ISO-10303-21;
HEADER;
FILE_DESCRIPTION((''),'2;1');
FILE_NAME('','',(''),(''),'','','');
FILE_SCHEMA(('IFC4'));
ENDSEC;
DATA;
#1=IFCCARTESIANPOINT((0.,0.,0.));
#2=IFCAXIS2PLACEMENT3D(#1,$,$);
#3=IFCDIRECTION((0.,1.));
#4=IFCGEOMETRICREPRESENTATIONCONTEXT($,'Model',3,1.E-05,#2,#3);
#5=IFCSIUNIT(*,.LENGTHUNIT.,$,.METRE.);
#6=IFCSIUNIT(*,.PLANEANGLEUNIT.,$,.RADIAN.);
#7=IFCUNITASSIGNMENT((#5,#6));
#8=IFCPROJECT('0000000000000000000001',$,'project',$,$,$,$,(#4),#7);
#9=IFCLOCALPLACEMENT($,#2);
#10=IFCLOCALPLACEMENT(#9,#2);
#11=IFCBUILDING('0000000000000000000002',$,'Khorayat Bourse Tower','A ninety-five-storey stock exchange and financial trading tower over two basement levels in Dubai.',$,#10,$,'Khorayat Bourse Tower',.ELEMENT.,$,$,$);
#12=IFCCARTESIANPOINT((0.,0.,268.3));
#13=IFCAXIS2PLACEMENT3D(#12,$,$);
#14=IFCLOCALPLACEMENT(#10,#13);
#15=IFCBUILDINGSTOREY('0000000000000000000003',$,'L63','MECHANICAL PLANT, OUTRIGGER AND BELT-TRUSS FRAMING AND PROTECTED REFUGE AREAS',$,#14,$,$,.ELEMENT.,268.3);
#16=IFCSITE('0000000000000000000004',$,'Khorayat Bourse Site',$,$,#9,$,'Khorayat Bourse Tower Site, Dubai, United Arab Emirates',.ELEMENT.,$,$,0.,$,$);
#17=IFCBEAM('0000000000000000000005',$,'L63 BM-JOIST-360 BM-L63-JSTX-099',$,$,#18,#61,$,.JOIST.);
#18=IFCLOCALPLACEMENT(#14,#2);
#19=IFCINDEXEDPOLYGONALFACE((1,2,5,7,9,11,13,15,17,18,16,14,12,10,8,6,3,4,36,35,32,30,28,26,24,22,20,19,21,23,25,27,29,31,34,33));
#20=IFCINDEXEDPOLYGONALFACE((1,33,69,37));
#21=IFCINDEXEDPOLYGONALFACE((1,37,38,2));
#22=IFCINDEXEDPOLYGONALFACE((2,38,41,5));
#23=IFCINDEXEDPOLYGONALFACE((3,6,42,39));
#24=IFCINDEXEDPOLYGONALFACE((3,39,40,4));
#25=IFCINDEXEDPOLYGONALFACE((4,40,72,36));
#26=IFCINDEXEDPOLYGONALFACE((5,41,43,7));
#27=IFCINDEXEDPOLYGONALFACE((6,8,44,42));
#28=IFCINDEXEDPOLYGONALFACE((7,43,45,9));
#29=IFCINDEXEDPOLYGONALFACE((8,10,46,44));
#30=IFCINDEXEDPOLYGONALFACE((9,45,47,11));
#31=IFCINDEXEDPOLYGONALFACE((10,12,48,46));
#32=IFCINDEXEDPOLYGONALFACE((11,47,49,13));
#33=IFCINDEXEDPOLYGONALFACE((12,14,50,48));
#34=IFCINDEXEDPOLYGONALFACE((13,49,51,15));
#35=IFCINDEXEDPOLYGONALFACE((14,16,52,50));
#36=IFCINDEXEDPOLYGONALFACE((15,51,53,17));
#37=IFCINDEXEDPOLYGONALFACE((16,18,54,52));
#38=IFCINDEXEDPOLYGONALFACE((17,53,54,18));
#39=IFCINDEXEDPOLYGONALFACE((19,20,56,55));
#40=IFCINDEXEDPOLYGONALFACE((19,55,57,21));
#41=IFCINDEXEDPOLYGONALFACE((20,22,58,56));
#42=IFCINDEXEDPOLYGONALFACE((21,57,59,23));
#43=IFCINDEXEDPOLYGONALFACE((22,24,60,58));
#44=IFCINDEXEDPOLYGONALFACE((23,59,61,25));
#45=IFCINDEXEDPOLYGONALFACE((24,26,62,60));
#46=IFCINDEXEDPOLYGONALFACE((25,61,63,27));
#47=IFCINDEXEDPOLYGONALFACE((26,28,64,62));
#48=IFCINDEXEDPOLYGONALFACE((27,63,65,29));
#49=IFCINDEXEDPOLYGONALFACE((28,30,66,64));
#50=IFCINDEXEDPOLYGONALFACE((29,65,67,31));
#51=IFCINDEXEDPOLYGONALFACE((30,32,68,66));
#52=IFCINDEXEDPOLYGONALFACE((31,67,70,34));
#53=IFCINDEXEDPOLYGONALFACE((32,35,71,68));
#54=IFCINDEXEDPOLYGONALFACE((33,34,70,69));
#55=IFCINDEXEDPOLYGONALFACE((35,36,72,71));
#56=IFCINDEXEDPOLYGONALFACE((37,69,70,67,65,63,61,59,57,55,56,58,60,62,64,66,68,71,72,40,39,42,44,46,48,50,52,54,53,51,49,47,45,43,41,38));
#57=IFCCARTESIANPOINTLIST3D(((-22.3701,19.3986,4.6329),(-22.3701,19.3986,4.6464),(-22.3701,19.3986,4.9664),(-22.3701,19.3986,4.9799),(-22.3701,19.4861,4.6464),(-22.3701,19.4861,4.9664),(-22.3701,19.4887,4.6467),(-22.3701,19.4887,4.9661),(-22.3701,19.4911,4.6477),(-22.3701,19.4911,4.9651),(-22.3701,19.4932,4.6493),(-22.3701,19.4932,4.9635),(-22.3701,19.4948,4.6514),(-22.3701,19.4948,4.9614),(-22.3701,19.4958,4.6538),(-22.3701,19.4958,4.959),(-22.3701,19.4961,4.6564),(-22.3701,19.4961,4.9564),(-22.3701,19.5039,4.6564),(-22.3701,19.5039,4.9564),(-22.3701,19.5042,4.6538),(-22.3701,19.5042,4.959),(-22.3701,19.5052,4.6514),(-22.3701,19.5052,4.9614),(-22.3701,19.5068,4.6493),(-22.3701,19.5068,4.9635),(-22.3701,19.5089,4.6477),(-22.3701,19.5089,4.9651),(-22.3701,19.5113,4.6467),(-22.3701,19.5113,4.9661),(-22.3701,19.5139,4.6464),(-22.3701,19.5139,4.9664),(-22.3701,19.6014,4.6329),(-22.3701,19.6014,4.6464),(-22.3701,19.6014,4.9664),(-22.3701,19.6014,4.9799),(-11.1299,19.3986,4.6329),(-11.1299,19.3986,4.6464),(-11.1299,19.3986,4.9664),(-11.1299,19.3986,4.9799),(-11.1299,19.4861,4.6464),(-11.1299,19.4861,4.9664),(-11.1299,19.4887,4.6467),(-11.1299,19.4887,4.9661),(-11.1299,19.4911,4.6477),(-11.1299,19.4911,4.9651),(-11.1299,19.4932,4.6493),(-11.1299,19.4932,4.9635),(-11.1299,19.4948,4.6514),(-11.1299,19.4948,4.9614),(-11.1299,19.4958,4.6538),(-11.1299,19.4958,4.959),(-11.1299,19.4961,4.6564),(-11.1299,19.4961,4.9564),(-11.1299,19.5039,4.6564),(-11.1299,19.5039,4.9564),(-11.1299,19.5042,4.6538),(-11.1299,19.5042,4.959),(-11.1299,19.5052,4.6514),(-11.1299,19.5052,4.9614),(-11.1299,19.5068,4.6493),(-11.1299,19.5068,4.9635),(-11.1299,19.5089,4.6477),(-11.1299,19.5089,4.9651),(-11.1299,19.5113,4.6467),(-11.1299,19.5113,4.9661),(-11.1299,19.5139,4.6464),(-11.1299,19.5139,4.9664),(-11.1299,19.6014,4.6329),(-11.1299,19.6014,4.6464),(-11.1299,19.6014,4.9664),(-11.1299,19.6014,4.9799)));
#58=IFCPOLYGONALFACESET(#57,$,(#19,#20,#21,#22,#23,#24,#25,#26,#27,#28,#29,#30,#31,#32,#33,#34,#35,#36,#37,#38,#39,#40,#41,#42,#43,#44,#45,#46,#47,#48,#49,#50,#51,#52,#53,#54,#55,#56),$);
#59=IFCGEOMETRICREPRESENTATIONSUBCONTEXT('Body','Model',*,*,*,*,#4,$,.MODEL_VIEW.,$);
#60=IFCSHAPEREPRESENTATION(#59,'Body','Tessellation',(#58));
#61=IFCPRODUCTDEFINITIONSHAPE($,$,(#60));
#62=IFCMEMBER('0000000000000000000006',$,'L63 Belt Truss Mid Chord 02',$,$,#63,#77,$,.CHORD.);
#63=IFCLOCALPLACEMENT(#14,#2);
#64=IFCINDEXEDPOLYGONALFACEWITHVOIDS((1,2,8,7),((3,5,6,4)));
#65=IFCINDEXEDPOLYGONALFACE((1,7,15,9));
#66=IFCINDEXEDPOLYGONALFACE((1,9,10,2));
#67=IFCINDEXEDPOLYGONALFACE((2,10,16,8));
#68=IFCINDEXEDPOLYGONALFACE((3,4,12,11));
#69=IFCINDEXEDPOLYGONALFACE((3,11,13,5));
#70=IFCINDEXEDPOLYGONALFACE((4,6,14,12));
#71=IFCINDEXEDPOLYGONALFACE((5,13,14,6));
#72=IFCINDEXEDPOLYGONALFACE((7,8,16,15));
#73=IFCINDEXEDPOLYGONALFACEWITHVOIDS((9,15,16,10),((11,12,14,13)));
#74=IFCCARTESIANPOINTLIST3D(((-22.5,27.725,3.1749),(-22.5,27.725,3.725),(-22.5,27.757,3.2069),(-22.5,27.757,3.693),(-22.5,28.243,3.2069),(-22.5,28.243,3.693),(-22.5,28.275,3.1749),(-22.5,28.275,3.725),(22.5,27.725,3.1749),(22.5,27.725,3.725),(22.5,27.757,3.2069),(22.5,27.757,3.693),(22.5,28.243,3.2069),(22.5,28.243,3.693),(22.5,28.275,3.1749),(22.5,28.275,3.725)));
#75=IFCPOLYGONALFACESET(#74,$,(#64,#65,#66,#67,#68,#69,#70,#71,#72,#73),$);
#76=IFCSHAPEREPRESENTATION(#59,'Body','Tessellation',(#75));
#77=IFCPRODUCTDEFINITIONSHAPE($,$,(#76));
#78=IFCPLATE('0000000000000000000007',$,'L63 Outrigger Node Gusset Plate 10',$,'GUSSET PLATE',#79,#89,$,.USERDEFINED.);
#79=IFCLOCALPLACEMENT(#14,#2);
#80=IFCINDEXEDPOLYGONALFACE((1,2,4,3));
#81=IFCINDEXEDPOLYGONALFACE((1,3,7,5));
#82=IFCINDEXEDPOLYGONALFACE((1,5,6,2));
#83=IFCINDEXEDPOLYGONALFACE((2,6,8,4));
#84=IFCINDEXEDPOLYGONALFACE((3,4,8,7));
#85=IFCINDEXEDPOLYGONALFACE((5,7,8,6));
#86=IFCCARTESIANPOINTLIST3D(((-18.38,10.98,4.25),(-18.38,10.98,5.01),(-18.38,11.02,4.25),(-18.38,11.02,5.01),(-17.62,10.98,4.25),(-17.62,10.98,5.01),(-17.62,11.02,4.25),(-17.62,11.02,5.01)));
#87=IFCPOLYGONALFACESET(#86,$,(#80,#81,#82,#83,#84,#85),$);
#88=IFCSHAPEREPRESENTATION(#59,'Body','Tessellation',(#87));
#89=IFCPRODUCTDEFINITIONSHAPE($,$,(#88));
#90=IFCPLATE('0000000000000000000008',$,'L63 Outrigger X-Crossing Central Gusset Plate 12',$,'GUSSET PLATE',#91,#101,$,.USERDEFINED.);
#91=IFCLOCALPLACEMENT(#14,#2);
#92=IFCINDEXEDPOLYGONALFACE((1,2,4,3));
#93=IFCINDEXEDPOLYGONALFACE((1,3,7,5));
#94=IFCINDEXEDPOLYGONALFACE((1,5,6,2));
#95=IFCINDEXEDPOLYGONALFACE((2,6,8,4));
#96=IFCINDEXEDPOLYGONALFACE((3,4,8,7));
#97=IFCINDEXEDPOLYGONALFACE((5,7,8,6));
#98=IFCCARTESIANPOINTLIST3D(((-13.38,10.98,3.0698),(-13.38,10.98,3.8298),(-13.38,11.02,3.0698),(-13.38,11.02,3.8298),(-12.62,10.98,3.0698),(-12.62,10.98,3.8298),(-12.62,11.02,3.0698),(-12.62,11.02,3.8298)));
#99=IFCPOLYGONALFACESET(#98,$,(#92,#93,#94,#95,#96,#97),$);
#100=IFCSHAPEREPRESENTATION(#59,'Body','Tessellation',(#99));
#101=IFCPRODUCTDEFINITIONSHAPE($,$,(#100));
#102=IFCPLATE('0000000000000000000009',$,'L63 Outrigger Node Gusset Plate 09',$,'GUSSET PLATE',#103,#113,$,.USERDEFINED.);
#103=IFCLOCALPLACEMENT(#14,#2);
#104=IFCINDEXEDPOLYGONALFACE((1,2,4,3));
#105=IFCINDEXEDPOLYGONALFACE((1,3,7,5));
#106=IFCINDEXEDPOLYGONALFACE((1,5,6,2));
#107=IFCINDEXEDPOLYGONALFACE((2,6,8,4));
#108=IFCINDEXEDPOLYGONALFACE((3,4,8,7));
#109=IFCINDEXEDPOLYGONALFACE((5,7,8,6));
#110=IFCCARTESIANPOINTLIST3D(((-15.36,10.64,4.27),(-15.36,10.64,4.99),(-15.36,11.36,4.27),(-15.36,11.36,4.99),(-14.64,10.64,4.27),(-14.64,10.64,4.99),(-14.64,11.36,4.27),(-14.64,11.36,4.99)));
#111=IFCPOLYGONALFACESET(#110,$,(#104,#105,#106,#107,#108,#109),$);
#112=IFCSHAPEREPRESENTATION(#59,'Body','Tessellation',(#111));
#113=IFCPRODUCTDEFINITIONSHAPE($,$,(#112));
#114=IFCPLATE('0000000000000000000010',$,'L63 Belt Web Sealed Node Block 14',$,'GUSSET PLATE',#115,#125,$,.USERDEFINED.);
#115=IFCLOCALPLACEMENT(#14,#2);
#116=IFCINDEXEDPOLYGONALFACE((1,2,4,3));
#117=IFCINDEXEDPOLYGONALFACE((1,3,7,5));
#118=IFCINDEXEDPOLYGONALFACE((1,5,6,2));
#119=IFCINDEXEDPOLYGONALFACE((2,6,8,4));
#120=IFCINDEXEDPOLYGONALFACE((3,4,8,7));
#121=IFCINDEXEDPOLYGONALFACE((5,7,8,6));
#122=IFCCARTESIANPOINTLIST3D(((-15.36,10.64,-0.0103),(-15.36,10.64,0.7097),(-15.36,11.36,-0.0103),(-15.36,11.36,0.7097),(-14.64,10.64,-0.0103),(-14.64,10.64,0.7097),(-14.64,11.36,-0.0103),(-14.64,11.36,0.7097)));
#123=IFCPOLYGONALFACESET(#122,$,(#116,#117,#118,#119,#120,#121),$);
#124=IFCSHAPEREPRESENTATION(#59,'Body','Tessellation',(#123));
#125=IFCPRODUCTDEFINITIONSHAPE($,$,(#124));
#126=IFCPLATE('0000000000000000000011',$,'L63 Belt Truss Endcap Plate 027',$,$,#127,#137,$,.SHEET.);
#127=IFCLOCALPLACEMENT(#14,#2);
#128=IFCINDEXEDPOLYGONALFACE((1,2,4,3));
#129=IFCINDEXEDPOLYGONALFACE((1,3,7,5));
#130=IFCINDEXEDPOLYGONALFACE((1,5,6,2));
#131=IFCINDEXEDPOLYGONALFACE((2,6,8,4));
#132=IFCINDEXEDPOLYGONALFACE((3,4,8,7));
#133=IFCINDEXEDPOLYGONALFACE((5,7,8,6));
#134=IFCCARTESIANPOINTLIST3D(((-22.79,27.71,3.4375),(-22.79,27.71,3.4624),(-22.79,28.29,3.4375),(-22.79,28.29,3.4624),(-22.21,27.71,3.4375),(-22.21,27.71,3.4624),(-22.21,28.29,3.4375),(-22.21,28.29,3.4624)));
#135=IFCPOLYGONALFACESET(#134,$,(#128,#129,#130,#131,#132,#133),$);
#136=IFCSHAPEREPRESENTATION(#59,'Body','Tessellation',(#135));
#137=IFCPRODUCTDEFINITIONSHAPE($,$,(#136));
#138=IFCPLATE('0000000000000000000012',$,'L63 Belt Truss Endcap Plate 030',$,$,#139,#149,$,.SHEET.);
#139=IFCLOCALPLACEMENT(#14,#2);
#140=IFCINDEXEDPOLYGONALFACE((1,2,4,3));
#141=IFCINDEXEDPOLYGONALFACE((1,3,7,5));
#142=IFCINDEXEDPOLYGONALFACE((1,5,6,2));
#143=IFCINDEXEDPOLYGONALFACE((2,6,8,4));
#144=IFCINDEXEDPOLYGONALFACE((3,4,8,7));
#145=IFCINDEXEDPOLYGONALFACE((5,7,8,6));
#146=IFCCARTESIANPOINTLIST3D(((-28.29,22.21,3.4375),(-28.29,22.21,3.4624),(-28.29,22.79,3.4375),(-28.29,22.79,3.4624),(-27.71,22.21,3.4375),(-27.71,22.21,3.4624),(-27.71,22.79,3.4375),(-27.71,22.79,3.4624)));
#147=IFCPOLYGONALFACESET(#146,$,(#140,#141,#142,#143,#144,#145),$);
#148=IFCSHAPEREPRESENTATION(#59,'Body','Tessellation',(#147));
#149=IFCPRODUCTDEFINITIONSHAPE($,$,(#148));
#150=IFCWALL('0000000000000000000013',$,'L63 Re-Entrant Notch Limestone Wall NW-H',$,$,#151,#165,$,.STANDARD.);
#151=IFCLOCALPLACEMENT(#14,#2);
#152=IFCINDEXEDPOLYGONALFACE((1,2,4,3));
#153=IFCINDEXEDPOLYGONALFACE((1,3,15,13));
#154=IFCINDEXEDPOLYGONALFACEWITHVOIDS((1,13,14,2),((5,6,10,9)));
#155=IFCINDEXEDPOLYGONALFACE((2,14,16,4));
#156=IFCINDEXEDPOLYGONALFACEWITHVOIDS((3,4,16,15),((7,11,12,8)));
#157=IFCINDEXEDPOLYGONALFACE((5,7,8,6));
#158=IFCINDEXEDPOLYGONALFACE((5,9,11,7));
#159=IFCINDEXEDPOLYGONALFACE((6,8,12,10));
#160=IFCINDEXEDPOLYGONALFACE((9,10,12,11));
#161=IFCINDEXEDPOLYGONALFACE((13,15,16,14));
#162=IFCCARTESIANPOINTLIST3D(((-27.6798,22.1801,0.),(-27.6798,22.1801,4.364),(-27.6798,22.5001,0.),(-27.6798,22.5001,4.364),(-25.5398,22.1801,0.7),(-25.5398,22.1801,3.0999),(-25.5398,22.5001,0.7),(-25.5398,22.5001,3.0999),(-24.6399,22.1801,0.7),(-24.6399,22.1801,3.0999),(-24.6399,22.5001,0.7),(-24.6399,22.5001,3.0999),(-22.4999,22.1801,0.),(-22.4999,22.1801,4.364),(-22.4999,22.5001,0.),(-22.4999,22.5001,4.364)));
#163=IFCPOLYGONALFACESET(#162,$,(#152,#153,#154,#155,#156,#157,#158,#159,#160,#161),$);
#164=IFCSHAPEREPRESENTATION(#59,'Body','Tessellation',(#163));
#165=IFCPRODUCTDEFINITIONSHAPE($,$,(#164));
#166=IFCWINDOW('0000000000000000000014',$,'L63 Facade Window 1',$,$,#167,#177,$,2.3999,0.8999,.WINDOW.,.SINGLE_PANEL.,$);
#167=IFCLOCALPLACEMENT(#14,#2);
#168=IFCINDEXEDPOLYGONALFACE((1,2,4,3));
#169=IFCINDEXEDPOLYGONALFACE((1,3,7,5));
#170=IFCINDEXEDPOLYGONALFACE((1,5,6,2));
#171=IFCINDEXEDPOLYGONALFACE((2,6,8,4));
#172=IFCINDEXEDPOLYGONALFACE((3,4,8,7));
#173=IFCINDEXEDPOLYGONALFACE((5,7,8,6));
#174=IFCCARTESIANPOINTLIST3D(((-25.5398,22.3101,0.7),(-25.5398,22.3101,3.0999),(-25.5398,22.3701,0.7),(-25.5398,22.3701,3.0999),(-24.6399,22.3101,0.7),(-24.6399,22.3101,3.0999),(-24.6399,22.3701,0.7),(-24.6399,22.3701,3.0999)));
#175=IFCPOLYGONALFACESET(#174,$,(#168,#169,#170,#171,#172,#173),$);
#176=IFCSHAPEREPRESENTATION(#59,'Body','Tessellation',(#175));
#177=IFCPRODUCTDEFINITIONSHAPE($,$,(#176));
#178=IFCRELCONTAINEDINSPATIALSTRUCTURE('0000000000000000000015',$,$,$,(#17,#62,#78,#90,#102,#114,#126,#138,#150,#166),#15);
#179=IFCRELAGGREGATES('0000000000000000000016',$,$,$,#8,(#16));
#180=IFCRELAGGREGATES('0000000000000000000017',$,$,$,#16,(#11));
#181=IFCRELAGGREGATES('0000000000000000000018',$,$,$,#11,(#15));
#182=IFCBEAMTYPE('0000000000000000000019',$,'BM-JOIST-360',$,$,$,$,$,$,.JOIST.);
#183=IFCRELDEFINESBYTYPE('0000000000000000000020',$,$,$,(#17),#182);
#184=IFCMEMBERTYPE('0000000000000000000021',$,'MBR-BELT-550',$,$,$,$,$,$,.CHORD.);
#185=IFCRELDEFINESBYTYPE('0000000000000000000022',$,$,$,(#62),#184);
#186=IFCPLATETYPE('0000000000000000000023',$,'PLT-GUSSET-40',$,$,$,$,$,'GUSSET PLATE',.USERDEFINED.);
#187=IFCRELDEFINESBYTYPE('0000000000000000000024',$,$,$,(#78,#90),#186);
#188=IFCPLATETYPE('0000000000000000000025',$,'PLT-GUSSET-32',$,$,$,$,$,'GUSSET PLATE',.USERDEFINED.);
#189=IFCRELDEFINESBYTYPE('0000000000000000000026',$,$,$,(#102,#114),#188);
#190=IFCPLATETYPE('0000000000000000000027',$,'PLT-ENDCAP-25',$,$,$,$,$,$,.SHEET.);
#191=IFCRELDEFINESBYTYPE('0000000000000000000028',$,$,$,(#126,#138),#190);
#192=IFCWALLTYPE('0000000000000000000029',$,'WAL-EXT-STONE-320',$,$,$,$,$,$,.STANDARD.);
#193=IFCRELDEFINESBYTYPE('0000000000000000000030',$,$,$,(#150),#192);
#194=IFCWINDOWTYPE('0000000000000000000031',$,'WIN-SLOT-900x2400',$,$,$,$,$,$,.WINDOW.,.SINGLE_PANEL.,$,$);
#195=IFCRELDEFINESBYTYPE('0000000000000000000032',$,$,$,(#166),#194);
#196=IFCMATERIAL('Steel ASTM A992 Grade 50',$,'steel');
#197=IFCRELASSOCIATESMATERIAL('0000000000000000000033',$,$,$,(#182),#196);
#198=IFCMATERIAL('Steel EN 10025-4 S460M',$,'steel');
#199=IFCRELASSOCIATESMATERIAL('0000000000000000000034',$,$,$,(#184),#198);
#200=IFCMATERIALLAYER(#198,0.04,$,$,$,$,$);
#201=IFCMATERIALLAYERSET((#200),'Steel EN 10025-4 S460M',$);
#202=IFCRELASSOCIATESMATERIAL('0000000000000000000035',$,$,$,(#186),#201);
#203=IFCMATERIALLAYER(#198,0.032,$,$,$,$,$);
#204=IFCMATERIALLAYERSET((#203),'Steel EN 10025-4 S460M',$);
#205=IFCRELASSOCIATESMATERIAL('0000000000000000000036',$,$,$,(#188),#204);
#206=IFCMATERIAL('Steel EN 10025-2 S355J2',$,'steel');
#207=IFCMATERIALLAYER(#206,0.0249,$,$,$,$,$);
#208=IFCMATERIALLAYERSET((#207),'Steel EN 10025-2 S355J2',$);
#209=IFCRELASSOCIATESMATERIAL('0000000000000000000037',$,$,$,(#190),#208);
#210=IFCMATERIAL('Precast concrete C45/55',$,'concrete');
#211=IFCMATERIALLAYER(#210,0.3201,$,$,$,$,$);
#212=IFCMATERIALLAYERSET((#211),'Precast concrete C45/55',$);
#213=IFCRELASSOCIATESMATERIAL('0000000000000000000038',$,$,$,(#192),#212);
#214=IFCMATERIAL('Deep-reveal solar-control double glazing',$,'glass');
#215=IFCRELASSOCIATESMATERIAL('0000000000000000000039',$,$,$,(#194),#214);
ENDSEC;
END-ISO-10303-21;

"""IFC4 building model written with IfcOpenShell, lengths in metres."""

from ifc_helpers import new_model, si_unit, direction, frame, frame_2d, origin, origin_2d, place, context, subcontext, project, spatial, rectangle, hollow_rectangle, i_section, extrude, source, transform, mapped, material, layer, layer_set, material_profile, profile_set, type_object, element, fill, save


model = new_model("IFC4")

# Units and contexts
model_context = context("Model", 3, precision=1e-05, world=origin(), true_north=direction((0.0, 1.0)))
body_context = subcontext(model_context, "Body", "Model", "MODEL_VIEW")
ifc_project = project(units=[si_unit("LENGTHUNIT", "METRE"), si_unit("PLANEANGLEUNIT", "RADIAN")], contexts=[model_context])

# Site, building, storey
site_placement = place(None, origin())
site = spatial("IfcSite", under=ifc_project, at=site_placement, Name="Khorayat Bourse Site", LongName="Khorayat Bourse Tower Site, Dubai, United Arab Emirates", CompositionType="ELEMENT", RefElevation=0.0)
building_placement = place(site_placement, origin())
building = spatial("IfcBuilding", under=site, at=building_placement, Name="Khorayat Bourse Tower", Description="A ninety-five-storey stock exchange and financial trading tower over two basement levels in Dubai.", LongName="Khorayat Bourse Tower", CompositionType="ELEMENT")
storey_placement = place(building_placement, frame((0.0, 0.0, 268.3)))
storey = spatial("IfcBuildingStorey", under=building, at=storey_placement, Name="L63", Description="MECHANICAL PLANT, OUTRIGGER AND BELT-TRUSS FRAMING AND PROTECTED REFUGE AREAS", CompositionType="ELEMENT", Elevation=268.3)

# Shared definitions
ifc_material_1 = material(Name="Steel EN 10025-4 S460M", Category="steel")

# Beam
ifc_material_2 = material(Name="Steel ASTM A992 Grade 50", Category="steel")
ifc_material_profile_1 = material_profile(ifc_material_2, i_section(OverallWidth=0.2029, OverallDepth=0.3469, WebThickness=0.0078, FlangeThickness=0.0134, FilletRadius=0.01, at=origin_2d()), Name="W360X64")
ifc_profile_set_1 = profile_set([ifc_material_profile_1], Name="Steel ASTM A992 Grade 50")
beam_type_1 = type_object("IfcBeamType", Name="BM-JOIST-360", PredefinedType="JOIST", material=ifc_profile_set_1)
shared_shape_1 = source(origin(), body_context, "Body", "SweptSolid", [
    extrude(i_section(OverallWidth=0.2029, OverallDepth=0.3469, WebThickness=0.0078, FlangeThickness=0.0134, FilletRadius=0.01, at=origin_2d()), origin(), (0.0, 0.0, 1.0), 11.2402),
])
beam_1_placement = place(storey_placement, frame((-22.3701, 19.5, 4.8064), z_axis=(1.0, 0.0, 0.0), x_axis=(0.0, 1.0, 0.0)))
element("IfcBeam", 1, at=beam_1_placement, inside=storey, type_object=beam_type_1, Name="L63 BM-JOIST-360 BM-L63-JSTX-099", PredefinedType="JOIST", context=body_context, shape_type="MappedRepresentation", body=[
    mapped(shared_shape_1, transform((0.0, 0.0, 0.0), scale=1.0)),
])

# Member
ifc_material_profile_2 = material_profile(ifc_material_1, hollow_rectangle(XDim=0.55, YDim=0.55, WallThickness=0.032, at=origin_2d()), Name="HSS 550x550x32")
ifc_profile_set_2 = profile_set([ifc_material_profile_2], Name="Steel EN 10025-4 S460M")
member_type = type_object("IfcMemberType", Name="MBR-BELT-550", PredefinedType="CHORD", material=ifc_profile_set_2)
shared_shape_2 = source(origin(), body_context, "Body", "SweptSolid", [
    extrude(hollow_rectangle(XDim=0.55, YDim=0.55, WallThickness=0.032, at=origin_2d()), origin(), (0.0, 0.0, 1.0), 45.0),
])
member_placement = place(storey_placement, frame((-22.5, 28.0, 3.45), z_axis=(1.0, 0.0, 0.0), x_axis=(0.0, 1.0, 0.0)))
element("IfcMember", 2, at=member_placement, inside=storey, type_object=member_type, Name="L63 Belt Truss Mid Chord 02", PredefinedType="CHORD", context=body_context, shape_type="MappedRepresentation", body=[
    mapped(shared_shape_2, transform((0.0, 0.0, 0.0), scale=1.0)),
])

# Plates
ifc_layer_1 = layer(ifc_material_1, 0.04)
ifc_layer_set_1 = layer_set([ifc_layer_1], Name="Steel EN 10025-4 S460M")
plate_type_1 = type_object("IfcPlateType", Name="PLT-GUSSET-40", ElementType="GUSSET PLATE", PredefinedType="USERDEFINED", material=ifc_layer_set_1)
shared_shape_3 = source(origin(), body_context, "Body", "SweptSolid", [
    extrude(rectangle(XDim=0.76, YDim=0.04, at=origin_2d()), origin(), (0.0, 0.0, 1.0), 0.76),
])
for number, where, z_axis, x_axis, name in (
    (3, (-18.0, 11.0, 4.25), (0.0, 0.0, 1.0), (1.0, 0.0, 0.0), "L63 Outrigger Node Gusset Plate 10"),
    (4, (-13.0, 11.0, 3.0698), (0.0, 0.0, 1.0), (1.0, 0.0, 0.0), "L63 Outrigger X-Crossing Central Gusset Plate 12"),
):
    element("IfcPlate", number, at=place(storey_placement, frame(where, z_axis=z_axis, x_axis=x_axis)), inside=storey, type_object=plate_type_1, Name=name, ObjectType="GUSSET PLATE", PredefinedType="USERDEFINED", context=body_context, shape_type="MappedRepresentation", body=[
        mapped(shared_shape_3, transform((0.0, 0.0, 0.0), scale=1.0)),
    ])
ifc_layer_2 = layer(ifc_material_1, 0.032)
ifc_layer_set_2 = layer_set([ifc_layer_2], Name="Steel EN 10025-4 S460M")
plate_type_2 = type_object("IfcPlateType", Name="PLT-GUSSET-32", ElementType="GUSSET PLATE", PredefinedType="USERDEFINED", material=ifc_layer_set_2)
shared_shape_4 = source(origin(), body_context, "Body", "SweptSolid", [
    extrude(rectangle(XDim=0.72, YDim=0.72, at=origin_2d()), origin(), (0.0, 0.0, 1.0), 0.72),
])
for number, where, z_axis, x_axis, name in (
    (5, (-15.0, 11.0, 4.27), (0.0, 0.0, 1.0), (1.0, 0.0, 0.0), "L63 Outrigger Node Gusset Plate 09"),
    (6, (-15.0, 11.0, -0.0103), (0.0, 0.0, 1.0), (1.0, 0.0, 0.0), "L63 Belt Web Sealed Node Block 14"),
):
    element("IfcPlate", number, at=place(storey_placement, frame(where, z_axis=z_axis, x_axis=x_axis)), inside=storey, type_object=plate_type_2, Name=name, ObjectType="GUSSET PLATE", PredefinedType="USERDEFINED", context=body_context, shape_type="MappedRepresentation", body=[
        mapped(shared_shape_4, transform((0.0, 0.0, 0.0), scale=1.0)),
    ])
ifc_material_3 = material(Name="Steel EN 10025-2 S355J2", Category="steel")
ifc_layer_3 = layer(ifc_material_3, 0.0249)
ifc_layer_set_3 = layer_set([ifc_layer_3], Name="Steel EN 10025-2 S355J2")
plate_type_3 = type_object("IfcPlateType", Name="PLT-ENDCAP-25", PredefinedType="SHEET", material=ifc_layer_set_3)
shared_shape_5 = source(origin(), body_context, "Body", "SweptSolid", [
    extrude(rectangle(XDim=0.5801, YDim=0.5801, at=origin_2d()), origin(), (0.0, 0.0, 1.0), 0.0249),
])
for number, where, z_axis, x_axis, name in (
    (7, (-22.5, 28.0, 3.4375), (0.0, 0.0, 1.0), (1.0, 0.0, 0.0), "L63 Belt Truss Endcap Plate 027"),
    (8, (-28.0, 22.5, 3.4375), (0.0, 0.0, 1.0), (1.0, 0.0, 0.0), "L63 Belt Truss Endcap Plate 030"),
):
    element("IfcPlate", number, at=place(storey_placement, frame(where, z_axis=z_axis, x_axis=x_axis)), inside=storey, type_object=plate_type_3, Name=name, PredefinedType="SHEET", context=body_context, shape_type="MappedRepresentation", body=[
        mapped(shared_shape_5, transform((0.0, 0.0, 0.0), scale=1.0)),
    ])

# Wall, opening, window
ifc_material_4 = material(Name="Precast concrete C45/55", Category="concrete")
ifc_layer_4 = layer(ifc_material_4, 0.3201)
ifc_layer_set_4 = layer_set([ifc_layer_4], Name="Precast concrete C45/55")
wall_type_1 = type_object("IfcWallType", Name="WAL-EXT-STONE-320", PredefinedType="STANDARD", material=ifc_layer_set_4)
shared_shape_6 = source(origin(), body_context, "Body", "SweptSolid", [
    extrude(rectangle(XDim=5.1799, YDim=0.3201, at=frame_2d((2.5898, 0.0))), origin(), (0.0, 0.0, 1.0), 4.364),
])
wall_1_placement = place(storey_placement, frame((-22.5, 22.3401, 0.0), z_axis=(0.0, 0.0, 1.0), x_axis=(-1.0, 0.0, 0.0)))
wall_1 = element("IfcWall", 9, at=wall_1_placement, inside=storey, type_object=wall_type_1, Name="L63 Re-Entrant Notch Limestone Wall NW-H", PredefinedType="STANDARD", context=body_context, shape_type="MappedRepresentation", body=[
    mapped(shared_shape_6, transform((0.0, 0.0, 0.0), scale=1.0)),
])
shared_shape_7 = source(origin(), body_context, "Body", "SweptSolid", [
    extrude(rectangle(XDim=0.8999, YDim=2.3999, at=frame_2d((0.45, 1.2))), frame((0.0, 0.1699, 0.0), z_axis=(0.0, -1.0, 0.0), x_axis=(1.0, 0.0, 0.0)), (0.0, 0.0, 1.0), 0.3401),
])
opening_1_placement = place(wall_1_placement, frame((2.1399, 0.0, 0.7)))
opening_1 = element("IfcOpeningElement", 10, at=opening_1_placement, cuts=wall_1, PredefinedType="OPENING", context=body_context, shape_type="MappedRepresentation", body=[
    mapped(shared_shape_7, transform((0.0, 0.0, 0.0), scale=1.0)),
])
ifc_material_5 = material(Name="Deep-reveal solar-control double glazing", Category="glass")
window_type = type_object("IfcWindowType", Name="WIN-SLOT-900x2400", PartitioningType="SINGLE_PANEL", PredefinedType="WINDOW", material=ifc_material_5)
shared_shape_8 = source(origin(), body_context, "Body", "SweptSolid", [
    extrude(rectangle(XDim=0.8999, YDim=2.3999, at=frame_2d((0.45, 1.2))), frame((0.0, 0.03, 0.0), z_axis=(0.0, -1.0, 0.0), x_axis=(1.0, 0.0, 0.0)), (0.0, 0.0, 1.0), 0.0601),
])
window_1_placement = place(opening_1_placement, origin())
window_1 = element("IfcWindow", 11, at=window_1_placement, inside=storey, type_object=window_type, Name="L63 Facade Window 1", OverallHeight=2.3999, OverallWidth=0.8999, PartitioningType="SINGLE_PANEL", PredefinedType="WINDOW", context=body_context, shape_type="MappedRepresentation", body=[
    mapped(shared_shape_8, transform((0.0, 0.0, 0.0), scale=1.0)),
])
fill(opening_1, window_1)

save(model, "model.ifc")
